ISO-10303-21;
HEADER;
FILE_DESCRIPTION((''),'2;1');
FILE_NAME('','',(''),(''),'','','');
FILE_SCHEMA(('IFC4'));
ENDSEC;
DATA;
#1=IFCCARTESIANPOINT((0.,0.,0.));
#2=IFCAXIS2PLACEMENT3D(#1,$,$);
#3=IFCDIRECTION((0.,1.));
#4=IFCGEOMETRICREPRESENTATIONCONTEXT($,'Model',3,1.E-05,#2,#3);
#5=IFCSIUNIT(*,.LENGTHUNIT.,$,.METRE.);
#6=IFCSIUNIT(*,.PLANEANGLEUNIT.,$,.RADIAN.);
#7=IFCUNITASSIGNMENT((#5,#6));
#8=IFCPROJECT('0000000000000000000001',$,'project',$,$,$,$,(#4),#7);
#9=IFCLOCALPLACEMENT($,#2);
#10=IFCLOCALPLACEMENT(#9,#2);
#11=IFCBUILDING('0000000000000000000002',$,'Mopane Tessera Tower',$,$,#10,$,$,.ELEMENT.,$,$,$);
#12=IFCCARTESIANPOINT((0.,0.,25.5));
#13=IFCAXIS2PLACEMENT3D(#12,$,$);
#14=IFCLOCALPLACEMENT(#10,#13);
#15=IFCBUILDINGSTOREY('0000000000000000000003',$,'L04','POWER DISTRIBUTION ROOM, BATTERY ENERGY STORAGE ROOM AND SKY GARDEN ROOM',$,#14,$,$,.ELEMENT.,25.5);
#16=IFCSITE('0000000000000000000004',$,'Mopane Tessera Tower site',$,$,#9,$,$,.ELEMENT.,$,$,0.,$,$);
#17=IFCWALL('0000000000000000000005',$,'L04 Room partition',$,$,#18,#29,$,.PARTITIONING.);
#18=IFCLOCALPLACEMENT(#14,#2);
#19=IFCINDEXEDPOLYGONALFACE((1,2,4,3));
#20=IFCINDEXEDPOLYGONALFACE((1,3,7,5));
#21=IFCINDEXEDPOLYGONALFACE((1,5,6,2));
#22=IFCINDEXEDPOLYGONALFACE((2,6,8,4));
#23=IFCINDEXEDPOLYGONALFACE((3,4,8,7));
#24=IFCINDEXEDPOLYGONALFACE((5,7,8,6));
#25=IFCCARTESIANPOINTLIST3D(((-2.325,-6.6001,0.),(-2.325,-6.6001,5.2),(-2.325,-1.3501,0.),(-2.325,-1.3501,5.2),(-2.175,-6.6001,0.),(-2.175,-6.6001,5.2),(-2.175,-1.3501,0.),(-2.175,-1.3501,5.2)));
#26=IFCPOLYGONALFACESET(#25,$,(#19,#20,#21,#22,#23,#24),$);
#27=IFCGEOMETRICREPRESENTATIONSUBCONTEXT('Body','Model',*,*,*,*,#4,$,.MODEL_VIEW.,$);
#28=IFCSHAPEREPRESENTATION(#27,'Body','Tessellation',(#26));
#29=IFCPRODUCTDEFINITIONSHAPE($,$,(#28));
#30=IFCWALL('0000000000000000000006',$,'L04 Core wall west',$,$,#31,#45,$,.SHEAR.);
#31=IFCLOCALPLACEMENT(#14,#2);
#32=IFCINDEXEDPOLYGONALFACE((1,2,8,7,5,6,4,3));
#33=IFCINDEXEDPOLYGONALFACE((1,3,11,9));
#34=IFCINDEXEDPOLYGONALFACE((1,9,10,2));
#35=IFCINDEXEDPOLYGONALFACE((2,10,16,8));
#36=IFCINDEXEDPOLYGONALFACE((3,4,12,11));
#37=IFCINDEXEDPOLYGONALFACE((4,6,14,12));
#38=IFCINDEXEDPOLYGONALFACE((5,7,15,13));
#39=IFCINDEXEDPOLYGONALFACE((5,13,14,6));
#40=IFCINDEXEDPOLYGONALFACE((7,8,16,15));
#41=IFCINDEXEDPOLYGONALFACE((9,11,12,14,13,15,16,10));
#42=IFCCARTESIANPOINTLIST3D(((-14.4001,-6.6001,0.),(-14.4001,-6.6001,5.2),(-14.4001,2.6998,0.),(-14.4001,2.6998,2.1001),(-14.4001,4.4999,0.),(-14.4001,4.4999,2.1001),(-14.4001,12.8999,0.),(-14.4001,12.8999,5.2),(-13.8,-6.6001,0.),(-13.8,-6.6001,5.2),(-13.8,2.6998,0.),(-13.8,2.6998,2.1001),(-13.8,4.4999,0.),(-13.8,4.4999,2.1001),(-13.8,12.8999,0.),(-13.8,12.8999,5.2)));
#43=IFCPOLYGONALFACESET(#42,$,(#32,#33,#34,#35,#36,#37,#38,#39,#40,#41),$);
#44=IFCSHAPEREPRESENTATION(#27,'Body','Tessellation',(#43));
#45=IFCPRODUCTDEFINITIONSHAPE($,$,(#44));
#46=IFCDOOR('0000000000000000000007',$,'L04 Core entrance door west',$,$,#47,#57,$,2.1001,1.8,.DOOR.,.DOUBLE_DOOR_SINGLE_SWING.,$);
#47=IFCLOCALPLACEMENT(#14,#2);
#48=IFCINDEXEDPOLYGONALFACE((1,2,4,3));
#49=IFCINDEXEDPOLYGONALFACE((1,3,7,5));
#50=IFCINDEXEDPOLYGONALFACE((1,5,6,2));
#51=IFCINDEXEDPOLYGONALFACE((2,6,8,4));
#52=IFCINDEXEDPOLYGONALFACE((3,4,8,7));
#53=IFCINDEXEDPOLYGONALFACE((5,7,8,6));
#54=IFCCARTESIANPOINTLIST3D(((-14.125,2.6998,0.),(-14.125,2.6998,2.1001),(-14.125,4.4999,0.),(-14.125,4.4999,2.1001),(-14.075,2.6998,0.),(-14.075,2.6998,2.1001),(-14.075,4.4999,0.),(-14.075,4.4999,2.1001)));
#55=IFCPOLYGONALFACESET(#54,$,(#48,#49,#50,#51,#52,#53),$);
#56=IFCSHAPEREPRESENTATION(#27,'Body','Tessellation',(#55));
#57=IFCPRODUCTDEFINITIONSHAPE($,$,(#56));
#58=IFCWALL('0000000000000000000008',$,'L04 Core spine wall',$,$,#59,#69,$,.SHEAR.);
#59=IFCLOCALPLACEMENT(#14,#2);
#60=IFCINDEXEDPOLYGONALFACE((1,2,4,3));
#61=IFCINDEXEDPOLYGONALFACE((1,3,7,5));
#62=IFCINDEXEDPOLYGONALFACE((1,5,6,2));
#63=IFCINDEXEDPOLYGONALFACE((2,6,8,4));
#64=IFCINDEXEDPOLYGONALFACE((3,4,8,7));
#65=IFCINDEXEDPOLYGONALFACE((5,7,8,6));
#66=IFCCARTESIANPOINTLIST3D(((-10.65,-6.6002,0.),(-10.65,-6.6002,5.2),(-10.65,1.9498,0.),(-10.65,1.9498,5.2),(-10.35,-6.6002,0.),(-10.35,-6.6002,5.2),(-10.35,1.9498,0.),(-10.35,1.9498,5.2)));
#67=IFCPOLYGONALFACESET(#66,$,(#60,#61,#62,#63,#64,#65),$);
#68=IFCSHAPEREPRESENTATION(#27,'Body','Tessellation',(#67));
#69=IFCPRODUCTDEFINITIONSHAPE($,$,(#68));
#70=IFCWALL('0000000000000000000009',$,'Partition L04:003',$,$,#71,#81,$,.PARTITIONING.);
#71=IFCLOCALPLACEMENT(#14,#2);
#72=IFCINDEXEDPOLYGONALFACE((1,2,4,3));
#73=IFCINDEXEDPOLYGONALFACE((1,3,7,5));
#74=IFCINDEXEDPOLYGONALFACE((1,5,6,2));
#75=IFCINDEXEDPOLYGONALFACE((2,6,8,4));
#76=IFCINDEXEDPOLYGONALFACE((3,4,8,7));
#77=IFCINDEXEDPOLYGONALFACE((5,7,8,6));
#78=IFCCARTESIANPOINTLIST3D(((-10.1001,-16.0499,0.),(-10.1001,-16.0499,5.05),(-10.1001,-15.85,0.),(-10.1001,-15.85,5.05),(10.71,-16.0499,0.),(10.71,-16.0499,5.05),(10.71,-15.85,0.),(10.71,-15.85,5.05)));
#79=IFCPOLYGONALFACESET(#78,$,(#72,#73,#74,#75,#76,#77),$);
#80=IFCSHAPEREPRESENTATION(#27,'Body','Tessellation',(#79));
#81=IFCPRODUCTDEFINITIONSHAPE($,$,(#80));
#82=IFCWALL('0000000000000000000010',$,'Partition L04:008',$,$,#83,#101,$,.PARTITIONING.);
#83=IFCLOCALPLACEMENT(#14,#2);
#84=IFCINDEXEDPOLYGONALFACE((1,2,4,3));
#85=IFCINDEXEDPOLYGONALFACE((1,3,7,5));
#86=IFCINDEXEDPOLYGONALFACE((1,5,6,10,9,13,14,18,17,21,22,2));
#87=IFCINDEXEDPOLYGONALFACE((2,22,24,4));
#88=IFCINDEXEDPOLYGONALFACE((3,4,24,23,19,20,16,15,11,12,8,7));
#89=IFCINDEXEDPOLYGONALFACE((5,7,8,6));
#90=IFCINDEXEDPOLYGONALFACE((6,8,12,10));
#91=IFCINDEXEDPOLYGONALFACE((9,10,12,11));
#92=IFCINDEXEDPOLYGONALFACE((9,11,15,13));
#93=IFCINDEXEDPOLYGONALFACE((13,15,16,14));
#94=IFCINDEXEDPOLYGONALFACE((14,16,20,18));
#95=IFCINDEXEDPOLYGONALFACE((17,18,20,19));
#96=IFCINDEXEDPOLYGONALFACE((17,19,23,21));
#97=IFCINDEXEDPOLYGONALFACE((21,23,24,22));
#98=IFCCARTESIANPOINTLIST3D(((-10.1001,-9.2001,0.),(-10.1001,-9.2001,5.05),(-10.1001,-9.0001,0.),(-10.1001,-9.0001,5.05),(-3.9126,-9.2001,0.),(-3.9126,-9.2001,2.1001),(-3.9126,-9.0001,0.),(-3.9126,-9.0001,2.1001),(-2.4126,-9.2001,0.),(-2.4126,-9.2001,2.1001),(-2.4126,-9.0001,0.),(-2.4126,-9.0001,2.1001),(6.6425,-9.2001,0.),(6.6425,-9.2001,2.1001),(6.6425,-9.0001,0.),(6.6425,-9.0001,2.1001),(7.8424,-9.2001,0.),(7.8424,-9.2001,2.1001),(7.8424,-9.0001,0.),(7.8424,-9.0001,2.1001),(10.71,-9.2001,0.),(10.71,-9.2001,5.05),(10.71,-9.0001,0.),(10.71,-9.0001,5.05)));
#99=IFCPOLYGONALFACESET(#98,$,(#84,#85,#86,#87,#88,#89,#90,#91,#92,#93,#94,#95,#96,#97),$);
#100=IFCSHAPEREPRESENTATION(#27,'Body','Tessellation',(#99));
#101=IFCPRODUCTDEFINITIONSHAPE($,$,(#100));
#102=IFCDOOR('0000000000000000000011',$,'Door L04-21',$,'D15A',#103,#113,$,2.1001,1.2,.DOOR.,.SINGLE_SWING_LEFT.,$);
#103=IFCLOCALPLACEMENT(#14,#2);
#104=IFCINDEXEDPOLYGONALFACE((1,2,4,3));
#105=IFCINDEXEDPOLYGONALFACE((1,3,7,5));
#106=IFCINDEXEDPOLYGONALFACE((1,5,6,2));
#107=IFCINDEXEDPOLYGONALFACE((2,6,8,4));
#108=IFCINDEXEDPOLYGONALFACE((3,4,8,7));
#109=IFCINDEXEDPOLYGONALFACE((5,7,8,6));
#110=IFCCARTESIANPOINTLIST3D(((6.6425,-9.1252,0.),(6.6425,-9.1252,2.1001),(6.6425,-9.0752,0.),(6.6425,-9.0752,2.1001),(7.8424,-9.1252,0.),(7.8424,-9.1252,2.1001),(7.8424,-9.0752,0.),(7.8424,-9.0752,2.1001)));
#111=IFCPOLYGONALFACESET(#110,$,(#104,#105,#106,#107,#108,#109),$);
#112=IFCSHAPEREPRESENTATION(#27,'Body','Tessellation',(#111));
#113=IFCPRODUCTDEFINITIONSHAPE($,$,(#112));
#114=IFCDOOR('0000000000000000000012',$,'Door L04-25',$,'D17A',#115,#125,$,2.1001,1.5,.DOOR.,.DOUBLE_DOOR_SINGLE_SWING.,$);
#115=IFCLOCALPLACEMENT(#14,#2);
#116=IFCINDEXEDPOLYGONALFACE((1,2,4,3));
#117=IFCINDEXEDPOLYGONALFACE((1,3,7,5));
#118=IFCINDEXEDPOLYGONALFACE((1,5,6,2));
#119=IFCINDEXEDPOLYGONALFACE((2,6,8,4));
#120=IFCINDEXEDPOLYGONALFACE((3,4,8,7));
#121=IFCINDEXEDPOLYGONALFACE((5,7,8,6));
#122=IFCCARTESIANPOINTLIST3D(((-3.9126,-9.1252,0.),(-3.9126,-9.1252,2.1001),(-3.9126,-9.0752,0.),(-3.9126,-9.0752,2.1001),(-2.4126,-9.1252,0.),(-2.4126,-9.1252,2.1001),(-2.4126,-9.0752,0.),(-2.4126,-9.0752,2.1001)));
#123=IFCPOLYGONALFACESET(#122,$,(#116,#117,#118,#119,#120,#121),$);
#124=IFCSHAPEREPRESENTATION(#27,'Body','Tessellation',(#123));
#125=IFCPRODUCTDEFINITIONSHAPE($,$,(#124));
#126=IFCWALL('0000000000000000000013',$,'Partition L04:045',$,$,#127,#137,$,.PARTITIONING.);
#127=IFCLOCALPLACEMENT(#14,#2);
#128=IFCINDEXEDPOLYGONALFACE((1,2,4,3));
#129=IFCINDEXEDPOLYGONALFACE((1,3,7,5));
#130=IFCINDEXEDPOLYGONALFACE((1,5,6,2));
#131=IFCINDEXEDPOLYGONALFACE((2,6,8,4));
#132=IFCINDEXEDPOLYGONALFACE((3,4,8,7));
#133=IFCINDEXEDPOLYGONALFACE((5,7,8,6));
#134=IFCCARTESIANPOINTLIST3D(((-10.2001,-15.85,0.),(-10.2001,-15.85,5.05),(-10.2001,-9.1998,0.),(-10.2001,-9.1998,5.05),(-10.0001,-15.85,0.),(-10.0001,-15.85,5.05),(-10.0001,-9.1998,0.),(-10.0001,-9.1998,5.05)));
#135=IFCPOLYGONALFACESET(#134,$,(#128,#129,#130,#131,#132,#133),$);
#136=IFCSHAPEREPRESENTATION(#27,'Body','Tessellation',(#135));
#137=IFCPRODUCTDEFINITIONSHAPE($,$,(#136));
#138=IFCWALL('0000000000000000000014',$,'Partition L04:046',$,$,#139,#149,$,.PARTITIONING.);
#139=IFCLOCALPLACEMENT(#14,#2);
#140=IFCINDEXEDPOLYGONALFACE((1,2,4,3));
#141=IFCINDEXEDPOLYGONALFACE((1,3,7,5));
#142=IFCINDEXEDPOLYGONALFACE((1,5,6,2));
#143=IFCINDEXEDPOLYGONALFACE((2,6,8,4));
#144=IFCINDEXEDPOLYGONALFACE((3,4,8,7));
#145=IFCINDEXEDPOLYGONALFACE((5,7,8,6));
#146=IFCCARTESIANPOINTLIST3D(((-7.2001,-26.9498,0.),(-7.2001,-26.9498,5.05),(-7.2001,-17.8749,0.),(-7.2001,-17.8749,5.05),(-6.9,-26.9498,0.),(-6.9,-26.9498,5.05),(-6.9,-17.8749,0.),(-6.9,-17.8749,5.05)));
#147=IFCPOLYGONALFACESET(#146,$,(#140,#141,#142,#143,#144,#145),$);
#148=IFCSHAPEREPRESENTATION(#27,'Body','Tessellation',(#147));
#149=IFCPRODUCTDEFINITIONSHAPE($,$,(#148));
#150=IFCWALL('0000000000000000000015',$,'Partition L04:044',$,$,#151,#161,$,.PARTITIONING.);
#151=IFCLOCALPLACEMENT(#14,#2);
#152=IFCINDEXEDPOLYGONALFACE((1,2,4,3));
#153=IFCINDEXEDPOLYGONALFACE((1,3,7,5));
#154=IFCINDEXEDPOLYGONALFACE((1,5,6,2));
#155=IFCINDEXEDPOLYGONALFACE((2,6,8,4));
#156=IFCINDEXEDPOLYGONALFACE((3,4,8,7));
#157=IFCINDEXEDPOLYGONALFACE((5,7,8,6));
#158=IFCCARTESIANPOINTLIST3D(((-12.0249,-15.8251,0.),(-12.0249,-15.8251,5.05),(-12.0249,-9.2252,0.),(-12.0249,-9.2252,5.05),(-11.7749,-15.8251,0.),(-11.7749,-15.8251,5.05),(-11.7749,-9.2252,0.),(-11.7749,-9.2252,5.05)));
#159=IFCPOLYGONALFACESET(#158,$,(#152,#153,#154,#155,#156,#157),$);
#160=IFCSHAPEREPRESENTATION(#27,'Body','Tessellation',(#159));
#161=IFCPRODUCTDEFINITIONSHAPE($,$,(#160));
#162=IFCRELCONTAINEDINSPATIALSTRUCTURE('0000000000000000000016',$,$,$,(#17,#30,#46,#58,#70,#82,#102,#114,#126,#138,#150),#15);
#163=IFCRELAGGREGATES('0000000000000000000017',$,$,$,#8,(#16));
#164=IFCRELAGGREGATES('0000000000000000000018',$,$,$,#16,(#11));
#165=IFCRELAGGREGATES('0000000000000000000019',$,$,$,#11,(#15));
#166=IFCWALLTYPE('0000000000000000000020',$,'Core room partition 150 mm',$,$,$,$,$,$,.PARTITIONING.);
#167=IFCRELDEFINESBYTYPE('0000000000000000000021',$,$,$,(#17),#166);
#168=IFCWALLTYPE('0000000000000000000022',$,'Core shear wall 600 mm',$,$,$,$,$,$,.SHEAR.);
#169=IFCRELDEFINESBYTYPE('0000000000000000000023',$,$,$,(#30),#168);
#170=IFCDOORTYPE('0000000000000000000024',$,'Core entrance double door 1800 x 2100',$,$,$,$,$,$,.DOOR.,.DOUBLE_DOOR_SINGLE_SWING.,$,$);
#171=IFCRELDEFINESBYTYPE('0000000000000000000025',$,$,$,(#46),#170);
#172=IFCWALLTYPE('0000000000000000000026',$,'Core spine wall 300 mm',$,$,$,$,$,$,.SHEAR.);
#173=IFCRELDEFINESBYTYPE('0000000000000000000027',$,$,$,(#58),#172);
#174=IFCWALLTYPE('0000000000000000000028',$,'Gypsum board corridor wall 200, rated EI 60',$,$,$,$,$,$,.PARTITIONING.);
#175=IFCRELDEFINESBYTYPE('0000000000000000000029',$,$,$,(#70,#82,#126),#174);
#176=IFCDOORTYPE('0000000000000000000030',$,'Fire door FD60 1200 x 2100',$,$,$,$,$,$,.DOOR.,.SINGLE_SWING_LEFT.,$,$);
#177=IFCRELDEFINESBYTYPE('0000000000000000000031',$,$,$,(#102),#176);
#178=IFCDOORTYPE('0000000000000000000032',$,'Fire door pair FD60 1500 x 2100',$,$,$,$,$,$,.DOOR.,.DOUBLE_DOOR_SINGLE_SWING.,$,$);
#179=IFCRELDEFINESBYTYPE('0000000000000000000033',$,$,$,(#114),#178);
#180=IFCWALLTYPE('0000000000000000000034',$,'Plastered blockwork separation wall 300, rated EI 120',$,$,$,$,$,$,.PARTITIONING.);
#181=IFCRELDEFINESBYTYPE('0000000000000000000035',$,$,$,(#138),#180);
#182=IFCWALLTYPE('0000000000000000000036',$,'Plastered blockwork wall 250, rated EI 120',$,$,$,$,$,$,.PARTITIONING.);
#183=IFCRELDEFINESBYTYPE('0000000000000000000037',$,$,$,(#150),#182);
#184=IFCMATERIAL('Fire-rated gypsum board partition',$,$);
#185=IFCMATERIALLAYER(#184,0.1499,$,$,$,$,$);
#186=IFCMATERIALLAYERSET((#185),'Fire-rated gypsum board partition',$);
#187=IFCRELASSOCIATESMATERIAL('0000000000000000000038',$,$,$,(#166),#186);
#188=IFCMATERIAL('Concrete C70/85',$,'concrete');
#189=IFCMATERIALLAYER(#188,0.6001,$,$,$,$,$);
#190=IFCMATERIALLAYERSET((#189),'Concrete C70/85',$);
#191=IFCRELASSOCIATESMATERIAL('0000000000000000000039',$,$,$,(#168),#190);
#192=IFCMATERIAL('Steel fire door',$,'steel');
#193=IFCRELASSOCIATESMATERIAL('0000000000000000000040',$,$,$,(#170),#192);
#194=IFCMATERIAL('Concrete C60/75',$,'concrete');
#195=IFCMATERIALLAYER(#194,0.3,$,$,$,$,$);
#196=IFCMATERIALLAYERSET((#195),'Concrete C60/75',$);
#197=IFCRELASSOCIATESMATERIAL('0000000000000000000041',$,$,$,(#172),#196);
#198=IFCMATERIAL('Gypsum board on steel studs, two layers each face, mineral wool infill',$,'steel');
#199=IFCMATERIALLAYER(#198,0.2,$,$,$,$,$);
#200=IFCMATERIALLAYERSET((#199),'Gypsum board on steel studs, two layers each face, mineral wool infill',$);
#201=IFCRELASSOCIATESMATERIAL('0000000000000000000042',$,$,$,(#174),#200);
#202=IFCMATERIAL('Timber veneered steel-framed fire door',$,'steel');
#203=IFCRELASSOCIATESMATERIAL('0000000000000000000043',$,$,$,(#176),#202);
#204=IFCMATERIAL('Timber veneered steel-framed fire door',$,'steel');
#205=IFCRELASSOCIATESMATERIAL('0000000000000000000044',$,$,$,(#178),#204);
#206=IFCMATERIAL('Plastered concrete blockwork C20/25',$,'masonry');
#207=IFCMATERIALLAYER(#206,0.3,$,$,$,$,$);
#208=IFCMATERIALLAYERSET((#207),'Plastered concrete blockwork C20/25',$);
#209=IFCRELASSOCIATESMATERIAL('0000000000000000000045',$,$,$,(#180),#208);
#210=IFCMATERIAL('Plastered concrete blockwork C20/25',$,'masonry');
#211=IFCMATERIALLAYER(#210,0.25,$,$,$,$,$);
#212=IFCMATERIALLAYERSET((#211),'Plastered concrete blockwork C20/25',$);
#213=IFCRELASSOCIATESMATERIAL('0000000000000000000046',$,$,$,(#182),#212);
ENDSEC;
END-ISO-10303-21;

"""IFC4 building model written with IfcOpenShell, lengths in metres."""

from ifc_helpers import new_model, si_unit, direction, frame, frame_2d, origin, place, context, subcontext, project, spatial, rectangle, extrude, material, layer, layer_set, type_object, element, fill, save


model = new_model("IFC4")

# Units and contexts
model_context = context("Model", 3, precision=1e-05, world=origin(), true_north=direction((0.0, 1.0)))
body_context = subcontext(model_context, "Body", "Model", "MODEL_VIEW")
ifc_project = project(units=[si_unit("LENGTHUNIT", "METRE"), si_unit("PLANEANGLEUNIT", "RADIAN")], contexts=[model_context])

# Site, building, storey
site_placement = place(None, origin())
site = spatial("IfcSite", under=ifc_project, at=site_placement, Name="Mopane Tessera Tower site", CompositionType="ELEMENT", RefElevation=0.0)
building_placement = place(site_placement, origin())
building = spatial("IfcBuilding", under=site, at=building_placement, Name="Mopane Tessera Tower", CompositionType="ELEMENT")
storey_placement = place(building_placement, frame((0.0, 0.0, 25.5)))
storey = spatial("IfcBuildingStorey", under=building, at=storey_placement, Name="L04", Description="POWER DISTRIBUTION ROOM, BATTERY ENERGY STORAGE ROOM AND SKY GARDEN ROOM", CompositionType="ELEMENT", Elevation=25.5)

# Wall
ifc_material_1 = material(Name="Fire-rated gypsum board partition")
ifc_layer_1 = layer(ifc_material_1, 0.1499)
ifc_layer_set_1 = layer_set([ifc_layer_1], Name="Fire-rated gypsum board partition")
wall_type_1 = type_object("IfcWallType", Name="Core room partition 150 mm", PredefinedType="PARTITIONING", material=ifc_layer_set_1)
for number, where, z_axis, x_axis, name in (
    (1, (-2.25, -6.6001, 0.0), (0.0, 0.0, 1.0), (0.0, 1.0, 0.0), "L04 Room partition"),
):
    element("IfcWall", number, at=place(storey_placement, frame(where, z_axis=z_axis, x_axis=x_axis)), inside=storey, type_object=wall_type_1, Name=name, PredefinedType="PARTITIONING", context=body_context, shape_type="SweptSolid", body=[
        extrude(rectangle(XDim=5.25, YDim=0.1499, at=frame_2d((2.625, 0.0))), origin(), (0.0, 0.0, 1.0), 5.2),
    ])

# Wall, opening, door
ifc_material_2 = material(Name="Concrete C70/85", Category="concrete")
ifc_layer_2 = layer(ifc_material_2, 0.6001)
ifc_layer_set_2 = layer_set([ifc_layer_2], Name="Concrete C70/85")
wall_type_2 = type_object("IfcWallType", Name="Core shear wall 600 mm", PredefinedType="SHEAR", material=ifc_layer_set_2)
wall_1_placement = place(storey_placement, frame((-14.1001, -6.6001, 0.0), z_axis=(0.0, 0.0, 1.0), x_axis=(0.0, 1.0, 0.0)))
wall_1 = element("IfcWall", 2, at=wall_1_placement, inside=storey, type_object=wall_type_2, Name="L04 Core wall west", PredefinedType="SHEAR", context=body_context, shape_type="SweptSolid", body=[
    extrude(rectangle(XDim=19.5, YDim=0.6001, at=frame_2d((9.75, 0.0))), origin(), (0.0, 0.0, 1.0), 5.2),
])
opening_1_placement = place(wall_1_placement, frame((9.3, 0.0, 0.0)))
opening_1 = element("IfcOpeningElement", 3, at=opening_1_placement, cuts=wall_1, PredefinedType="OPENING", context=body_context, shape_type="SweptSolid", body=[
    extrude(rectangle(XDim=1.8, YDim=2.1001, at=frame_2d((0.8999, 1.05))), frame((0.0, 0.312, 0.0), z_axis=(0.0, -1.0, 0.0), x_axis=(1.0, 0.0, 0.0)), (0.0, 0.0, 1.0), 0.624),
])
ifc_material_3 = material(Name="Steel fire door", Category="steel")
door_type_1 = type_object("IfcDoorType", Name="Core entrance double door 1800 x 2100", OperationType="DOUBLE_DOOR_SINGLE_SWING", PredefinedType="DOOR", material=ifc_material_3)
door_1_placement = place(opening_1_placement, origin())
door_1 = element("IfcDoor", 4, at=door_1_placement, inside=storey, type_object=door_type_1, Name="L04 Core entrance door west", OperationType="DOUBLE_DOOR_SINGLE_SWING", OverallHeight=2.1001, OverallWidth=1.8, PredefinedType="DOOR", context=body_context, shape_type="SweptSolid", body=[
    extrude(rectangle(XDim=1.8, YDim=2.1001, at=frame_2d((0.8999, 1.05))), frame((0.0, 0.0249, 0.0), z_axis=(0.0, -1.0, 0.0), x_axis=(1.0, 0.0, 0.0)), (0.0, 0.0, 1.0), 0.05),
])
fill(opening_1, door_1)

# Walls
ifc_material_4 = material(Name="Concrete C60/75", Category="concrete")
ifc_layer_3 = layer(ifc_material_4, 0.3)
ifc_layer_set_3 = layer_set([ifc_layer_3], Name="Concrete C60/75")
wall_type_3 = type_object("IfcWallType", Name="Core spine wall 300 mm", PredefinedType="SHEAR", material=ifc_layer_set_3)
wall_2_placement = place(storey_placement, frame((-10.5, -6.6001, 0.0), z_axis=(0.0, 0.0, 1.0), x_axis=(0.0, 1.0, 0.0)))
element("IfcWall", 5, at=wall_2_placement, inside=storey, type_object=wall_type_3, Name="L04 Core spine wall", PredefinedType="SHEAR", context=body_context, shape_type="SweptSolid", body=[
    extrude(rectangle(XDim=8.55, YDim=0.3, at=frame_2d((4.2749, 0.0))), origin(), (0.0, 0.0, 1.0), 5.2),
])
ifc_material_5 = material(Name="Gypsum board on steel studs, two layers each face, mineral wool infill", Category="steel")
ifc_layer_4 = layer(ifc_material_5, 0.2)
ifc_layer_set_4 = layer_set([ifc_layer_4], Name="Gypsum board on steel studs, two layers each face, mineral wool infill")
wall_type_4 = type_object("IfcWallType", Name="Gypsum board corridor wall 200, rated EI 60", PredefinedType="PARTITIONING", material=ifc_layer_set_4)
wall_3_placement = place(storey_placement, frame((-10.1001, -15.95, 0.0), z_axis=(0.0, 0.0, 1.0), x_axis=(1.0, 0.0, 0.0)))
element("IfcWall", 6, at=wall_3_placement, inside=storey, type_object=wall_type_4, Name="Partition L04:003", PredefinedType="PARTITIONING", context=body_context, shape_type="SweptSolid", body=[
    extrude(rectangle(XDim=20.8101, YDim=0.2, at=frame_2d((10.405, 0.0))), origin(), (0.0, 0.0, 1.0), 5.05),
])

# Wall, openings, doors
wall_4_placement = place(storey_placement, frame((-10.1001, -9.1001, 0.0), z_axis=(0.0, 0.0, 1.0), x_axis=(1.0, 0.0, 0.0)))
wall_4 = element("IfcWall", 7, at=wall_4_placement, inside=storey, type_object=wall_type_4, Name="Partition L04:008", PredefinedType="PARTITIONING", context=body_context, shape_type="SweptSolid", body=[
    extrude(rectangle(XDim=20.8101, YDim=0.2, at=frame_2d((10.405, 0.0))), origin(), (0.0, 0.0, 1.0), 5.05),
])
opening_2_placement = place(wall_4_placement, frame((16.7424, 0.0, 0.0)))
opening_2 = element("IfcOpeningElement", 8, at=opening_2_placement, cuts=wall_4, PredefinedType="OPENING", context=body_context, shape_type="SweptSolid", body=[
    extrude(rectangle(XDim=1.2, YDim=2.1001, at=frame_2d((0.6001, 1.05))), frame((0.0, 0.1121, 0.0), z_axis=(0.0, -1.0, 0.0), x_axis=(1.0, 0.0, 0.0)), (0.0, 0.0, 1.0), 0.2239),
])
opening_3_placement = place(wall_4_placement, frame((6.1875, 0.0, 0.0)))
opening_3 = element("IfcOpeningElement", 9, at=opening_3_placement, cuts=wall_4, PredefinedType="OPENING", context=body_context, shape_type="SweptSolid", body=[
    extrude(rectangle(XDim=1.5, YDim=2.1001, at=frame_2d((0.75, 1.05))), frame((0.0, 0.1121, 0.0), z_axis=(0.0, -1.0, 0.0), x_axis=(1.0, 0.0, 0.0)), (0.0, 0.0, 1.0), 0.2239),
])
ifc_material_6 = material(Name="Timber veneered steel-framed fire door", Category="steel")
door_type_2 = type_object("IfcDoorType", Name="Fire door FD60 1200 x 2100", OperationType="SINGLE_SWING_LEFT", PredefinedType="DOOR", material=ifc_material_6)
door_2_placement = place(opening_2_placement, origin())
door_2 = element("IfcDoor", 10, at=door_2_placement, inside=storey, type_object=door_type_2, Name="Door L04-21", ObjectType="D15A", OperationType="SINGLE_SWING_LEFT", OverallHeight=2.1001, OverallWidth=1.2, PredefinedType="DOOR", context=body_context, shape_type="SweptSolid", body=[
    extrude(rectangle(XDim=1.2, YDim=2.1001, at=frame_2d((0.6001, 1.05))), frame((0.0, 0.0249, 0.0), z_axis=(0.0, -1.0, 0.0), x_axis=(1.0, 0.0, 0.0)), (0.0, 0.0, 1.0), 0.05),
])
fill(opening_2, door_2)
ifc_material_7 = material(Name="Timber veneered steel-framed fire door", Category="steel")
door_type_3 = type_object("IfcDoorType", Name="Fire door pair FD60 1500 x 2100", OperationType="DOUBLE_DOOR_SINGLE_SWING", PredefinedType="DOOR", material=ifc_material_7)
door_3_placement = place(opening_3_placement, origin())
door_3 = element("IfcDoor", 11, at=door_3_placement, inside=storey, type_object=door_type_3, Name="Door L04-25", ObjectType="D17A", OperationType="DOUBLE_DOOR_SINGLE_SWING", OverallHeight=2.1001, OverallWidth=1.5, PredefinedType="DOOR", context=body_context, shape_type="SweptSolid", body=[
    extrude(rectangle(XDim=1.5, YDim=2.1001, at=frame_2d((0.75, 1.05))), frame((0.0, 0.0249, 0.0), z_axis=(0.0, -1.0, 0.0), x_axis=(1.0, 0.0, 0.0)), (0.0, 0.0, 1.0), 0.05),
])
fill(opening_3, door_3)

# Walls
wall_5_placement = place(storey_placement, frame((-10.1001, -15.8501, 0.0), z_axis=(0.0, 0.0, 1.0), x_axis=(0.0, 1.0, 0.0)))
element("IfcWall", 12, at=wall_5_placement, inside=storey, type_object=wall_type_4, Name="Partition L04:045", PredefinedType="PARTITIONING", context=body_context, shape_type="SweptSolid", body=[
    extrude(rectangle(XDim=6.6501, YDim=0.2, at=frame_2d((3.3252, 0.0))), origin(), (0.0, 0.0, 1.0), 5.05),
])
ifc_material_8 = material(Name="Plastered concrete blockwork C20/25", Category="masonry")
ifc_layer_5 = layer(ifc_material_8, 0.3)
ifc_layer_set_5 = layer_set([ifc_layer_5], Name="Plastered concrete blockwork C20/25")
wall_type_5 = type_object("IfcWallType", Name="Plastered blockwork separation wall 300, rated EI 120", PredefinedType="PARTITIONING", material=ifc_layer_set_5)
wall_6_placement = place(storey_placement, frame((-7.05, -26.95, 0.0), z_axis=(0.0, 0.0, 1.0), x_axis=(0.0, 1.0, 0.0)))
element("IfcWall", 13, at=wall_6_placement, inside=storey, type_object=wall_type_5, Name="Partition L04:046", PredefinedType="PARTITIONING", context=body_context, shape_type="SweptSolid", body=[
    extrude(rectangle(XDim=9.075, YDim=0.3, at=frame_2d((4.5376, 0.0))), origin(), (0.0, 0.0, 1.0), 5.05),
])
ifc_material_9 = material(Name="Plastered concrete blockwork C20/25", Category="masonry")
ifc_layer_6 = layer(ifc_material_9, 0.25)
ifc_layer_set_6 = layer_set([ifc_layer_6], Name="Plastered concrete blockwork C20/25")
wall_type_6 = type_object("IfcWallType", Name="Plastered blockwork wall 250, rated EI 120", PredefinedType="PARTITIONING", material=ifc_layer_set_6)
wall_7_placement = place(storey_placement, frame((-11.8999, -15.825, 0.0), z_axis=(0.0, 0.0, 1.0), x_axis=(0.0, 1.0, 0.0)))
element("IfcWall", 14, at=wall_7_placement, inside=storey, type_object=wall_type_6, Name="Partition L04:044", PredefinedType="PARTITIONING", context=body_context, shape_type="SweptSolid", body=[
    extrude(rectangle(XDim=6.5999, YDim=0.25, at=frame_2d((3.2998, 0.0))), origin(), (0.0, 0.0, 1.0), 5.05),
])

save(model, "model.ifc")
